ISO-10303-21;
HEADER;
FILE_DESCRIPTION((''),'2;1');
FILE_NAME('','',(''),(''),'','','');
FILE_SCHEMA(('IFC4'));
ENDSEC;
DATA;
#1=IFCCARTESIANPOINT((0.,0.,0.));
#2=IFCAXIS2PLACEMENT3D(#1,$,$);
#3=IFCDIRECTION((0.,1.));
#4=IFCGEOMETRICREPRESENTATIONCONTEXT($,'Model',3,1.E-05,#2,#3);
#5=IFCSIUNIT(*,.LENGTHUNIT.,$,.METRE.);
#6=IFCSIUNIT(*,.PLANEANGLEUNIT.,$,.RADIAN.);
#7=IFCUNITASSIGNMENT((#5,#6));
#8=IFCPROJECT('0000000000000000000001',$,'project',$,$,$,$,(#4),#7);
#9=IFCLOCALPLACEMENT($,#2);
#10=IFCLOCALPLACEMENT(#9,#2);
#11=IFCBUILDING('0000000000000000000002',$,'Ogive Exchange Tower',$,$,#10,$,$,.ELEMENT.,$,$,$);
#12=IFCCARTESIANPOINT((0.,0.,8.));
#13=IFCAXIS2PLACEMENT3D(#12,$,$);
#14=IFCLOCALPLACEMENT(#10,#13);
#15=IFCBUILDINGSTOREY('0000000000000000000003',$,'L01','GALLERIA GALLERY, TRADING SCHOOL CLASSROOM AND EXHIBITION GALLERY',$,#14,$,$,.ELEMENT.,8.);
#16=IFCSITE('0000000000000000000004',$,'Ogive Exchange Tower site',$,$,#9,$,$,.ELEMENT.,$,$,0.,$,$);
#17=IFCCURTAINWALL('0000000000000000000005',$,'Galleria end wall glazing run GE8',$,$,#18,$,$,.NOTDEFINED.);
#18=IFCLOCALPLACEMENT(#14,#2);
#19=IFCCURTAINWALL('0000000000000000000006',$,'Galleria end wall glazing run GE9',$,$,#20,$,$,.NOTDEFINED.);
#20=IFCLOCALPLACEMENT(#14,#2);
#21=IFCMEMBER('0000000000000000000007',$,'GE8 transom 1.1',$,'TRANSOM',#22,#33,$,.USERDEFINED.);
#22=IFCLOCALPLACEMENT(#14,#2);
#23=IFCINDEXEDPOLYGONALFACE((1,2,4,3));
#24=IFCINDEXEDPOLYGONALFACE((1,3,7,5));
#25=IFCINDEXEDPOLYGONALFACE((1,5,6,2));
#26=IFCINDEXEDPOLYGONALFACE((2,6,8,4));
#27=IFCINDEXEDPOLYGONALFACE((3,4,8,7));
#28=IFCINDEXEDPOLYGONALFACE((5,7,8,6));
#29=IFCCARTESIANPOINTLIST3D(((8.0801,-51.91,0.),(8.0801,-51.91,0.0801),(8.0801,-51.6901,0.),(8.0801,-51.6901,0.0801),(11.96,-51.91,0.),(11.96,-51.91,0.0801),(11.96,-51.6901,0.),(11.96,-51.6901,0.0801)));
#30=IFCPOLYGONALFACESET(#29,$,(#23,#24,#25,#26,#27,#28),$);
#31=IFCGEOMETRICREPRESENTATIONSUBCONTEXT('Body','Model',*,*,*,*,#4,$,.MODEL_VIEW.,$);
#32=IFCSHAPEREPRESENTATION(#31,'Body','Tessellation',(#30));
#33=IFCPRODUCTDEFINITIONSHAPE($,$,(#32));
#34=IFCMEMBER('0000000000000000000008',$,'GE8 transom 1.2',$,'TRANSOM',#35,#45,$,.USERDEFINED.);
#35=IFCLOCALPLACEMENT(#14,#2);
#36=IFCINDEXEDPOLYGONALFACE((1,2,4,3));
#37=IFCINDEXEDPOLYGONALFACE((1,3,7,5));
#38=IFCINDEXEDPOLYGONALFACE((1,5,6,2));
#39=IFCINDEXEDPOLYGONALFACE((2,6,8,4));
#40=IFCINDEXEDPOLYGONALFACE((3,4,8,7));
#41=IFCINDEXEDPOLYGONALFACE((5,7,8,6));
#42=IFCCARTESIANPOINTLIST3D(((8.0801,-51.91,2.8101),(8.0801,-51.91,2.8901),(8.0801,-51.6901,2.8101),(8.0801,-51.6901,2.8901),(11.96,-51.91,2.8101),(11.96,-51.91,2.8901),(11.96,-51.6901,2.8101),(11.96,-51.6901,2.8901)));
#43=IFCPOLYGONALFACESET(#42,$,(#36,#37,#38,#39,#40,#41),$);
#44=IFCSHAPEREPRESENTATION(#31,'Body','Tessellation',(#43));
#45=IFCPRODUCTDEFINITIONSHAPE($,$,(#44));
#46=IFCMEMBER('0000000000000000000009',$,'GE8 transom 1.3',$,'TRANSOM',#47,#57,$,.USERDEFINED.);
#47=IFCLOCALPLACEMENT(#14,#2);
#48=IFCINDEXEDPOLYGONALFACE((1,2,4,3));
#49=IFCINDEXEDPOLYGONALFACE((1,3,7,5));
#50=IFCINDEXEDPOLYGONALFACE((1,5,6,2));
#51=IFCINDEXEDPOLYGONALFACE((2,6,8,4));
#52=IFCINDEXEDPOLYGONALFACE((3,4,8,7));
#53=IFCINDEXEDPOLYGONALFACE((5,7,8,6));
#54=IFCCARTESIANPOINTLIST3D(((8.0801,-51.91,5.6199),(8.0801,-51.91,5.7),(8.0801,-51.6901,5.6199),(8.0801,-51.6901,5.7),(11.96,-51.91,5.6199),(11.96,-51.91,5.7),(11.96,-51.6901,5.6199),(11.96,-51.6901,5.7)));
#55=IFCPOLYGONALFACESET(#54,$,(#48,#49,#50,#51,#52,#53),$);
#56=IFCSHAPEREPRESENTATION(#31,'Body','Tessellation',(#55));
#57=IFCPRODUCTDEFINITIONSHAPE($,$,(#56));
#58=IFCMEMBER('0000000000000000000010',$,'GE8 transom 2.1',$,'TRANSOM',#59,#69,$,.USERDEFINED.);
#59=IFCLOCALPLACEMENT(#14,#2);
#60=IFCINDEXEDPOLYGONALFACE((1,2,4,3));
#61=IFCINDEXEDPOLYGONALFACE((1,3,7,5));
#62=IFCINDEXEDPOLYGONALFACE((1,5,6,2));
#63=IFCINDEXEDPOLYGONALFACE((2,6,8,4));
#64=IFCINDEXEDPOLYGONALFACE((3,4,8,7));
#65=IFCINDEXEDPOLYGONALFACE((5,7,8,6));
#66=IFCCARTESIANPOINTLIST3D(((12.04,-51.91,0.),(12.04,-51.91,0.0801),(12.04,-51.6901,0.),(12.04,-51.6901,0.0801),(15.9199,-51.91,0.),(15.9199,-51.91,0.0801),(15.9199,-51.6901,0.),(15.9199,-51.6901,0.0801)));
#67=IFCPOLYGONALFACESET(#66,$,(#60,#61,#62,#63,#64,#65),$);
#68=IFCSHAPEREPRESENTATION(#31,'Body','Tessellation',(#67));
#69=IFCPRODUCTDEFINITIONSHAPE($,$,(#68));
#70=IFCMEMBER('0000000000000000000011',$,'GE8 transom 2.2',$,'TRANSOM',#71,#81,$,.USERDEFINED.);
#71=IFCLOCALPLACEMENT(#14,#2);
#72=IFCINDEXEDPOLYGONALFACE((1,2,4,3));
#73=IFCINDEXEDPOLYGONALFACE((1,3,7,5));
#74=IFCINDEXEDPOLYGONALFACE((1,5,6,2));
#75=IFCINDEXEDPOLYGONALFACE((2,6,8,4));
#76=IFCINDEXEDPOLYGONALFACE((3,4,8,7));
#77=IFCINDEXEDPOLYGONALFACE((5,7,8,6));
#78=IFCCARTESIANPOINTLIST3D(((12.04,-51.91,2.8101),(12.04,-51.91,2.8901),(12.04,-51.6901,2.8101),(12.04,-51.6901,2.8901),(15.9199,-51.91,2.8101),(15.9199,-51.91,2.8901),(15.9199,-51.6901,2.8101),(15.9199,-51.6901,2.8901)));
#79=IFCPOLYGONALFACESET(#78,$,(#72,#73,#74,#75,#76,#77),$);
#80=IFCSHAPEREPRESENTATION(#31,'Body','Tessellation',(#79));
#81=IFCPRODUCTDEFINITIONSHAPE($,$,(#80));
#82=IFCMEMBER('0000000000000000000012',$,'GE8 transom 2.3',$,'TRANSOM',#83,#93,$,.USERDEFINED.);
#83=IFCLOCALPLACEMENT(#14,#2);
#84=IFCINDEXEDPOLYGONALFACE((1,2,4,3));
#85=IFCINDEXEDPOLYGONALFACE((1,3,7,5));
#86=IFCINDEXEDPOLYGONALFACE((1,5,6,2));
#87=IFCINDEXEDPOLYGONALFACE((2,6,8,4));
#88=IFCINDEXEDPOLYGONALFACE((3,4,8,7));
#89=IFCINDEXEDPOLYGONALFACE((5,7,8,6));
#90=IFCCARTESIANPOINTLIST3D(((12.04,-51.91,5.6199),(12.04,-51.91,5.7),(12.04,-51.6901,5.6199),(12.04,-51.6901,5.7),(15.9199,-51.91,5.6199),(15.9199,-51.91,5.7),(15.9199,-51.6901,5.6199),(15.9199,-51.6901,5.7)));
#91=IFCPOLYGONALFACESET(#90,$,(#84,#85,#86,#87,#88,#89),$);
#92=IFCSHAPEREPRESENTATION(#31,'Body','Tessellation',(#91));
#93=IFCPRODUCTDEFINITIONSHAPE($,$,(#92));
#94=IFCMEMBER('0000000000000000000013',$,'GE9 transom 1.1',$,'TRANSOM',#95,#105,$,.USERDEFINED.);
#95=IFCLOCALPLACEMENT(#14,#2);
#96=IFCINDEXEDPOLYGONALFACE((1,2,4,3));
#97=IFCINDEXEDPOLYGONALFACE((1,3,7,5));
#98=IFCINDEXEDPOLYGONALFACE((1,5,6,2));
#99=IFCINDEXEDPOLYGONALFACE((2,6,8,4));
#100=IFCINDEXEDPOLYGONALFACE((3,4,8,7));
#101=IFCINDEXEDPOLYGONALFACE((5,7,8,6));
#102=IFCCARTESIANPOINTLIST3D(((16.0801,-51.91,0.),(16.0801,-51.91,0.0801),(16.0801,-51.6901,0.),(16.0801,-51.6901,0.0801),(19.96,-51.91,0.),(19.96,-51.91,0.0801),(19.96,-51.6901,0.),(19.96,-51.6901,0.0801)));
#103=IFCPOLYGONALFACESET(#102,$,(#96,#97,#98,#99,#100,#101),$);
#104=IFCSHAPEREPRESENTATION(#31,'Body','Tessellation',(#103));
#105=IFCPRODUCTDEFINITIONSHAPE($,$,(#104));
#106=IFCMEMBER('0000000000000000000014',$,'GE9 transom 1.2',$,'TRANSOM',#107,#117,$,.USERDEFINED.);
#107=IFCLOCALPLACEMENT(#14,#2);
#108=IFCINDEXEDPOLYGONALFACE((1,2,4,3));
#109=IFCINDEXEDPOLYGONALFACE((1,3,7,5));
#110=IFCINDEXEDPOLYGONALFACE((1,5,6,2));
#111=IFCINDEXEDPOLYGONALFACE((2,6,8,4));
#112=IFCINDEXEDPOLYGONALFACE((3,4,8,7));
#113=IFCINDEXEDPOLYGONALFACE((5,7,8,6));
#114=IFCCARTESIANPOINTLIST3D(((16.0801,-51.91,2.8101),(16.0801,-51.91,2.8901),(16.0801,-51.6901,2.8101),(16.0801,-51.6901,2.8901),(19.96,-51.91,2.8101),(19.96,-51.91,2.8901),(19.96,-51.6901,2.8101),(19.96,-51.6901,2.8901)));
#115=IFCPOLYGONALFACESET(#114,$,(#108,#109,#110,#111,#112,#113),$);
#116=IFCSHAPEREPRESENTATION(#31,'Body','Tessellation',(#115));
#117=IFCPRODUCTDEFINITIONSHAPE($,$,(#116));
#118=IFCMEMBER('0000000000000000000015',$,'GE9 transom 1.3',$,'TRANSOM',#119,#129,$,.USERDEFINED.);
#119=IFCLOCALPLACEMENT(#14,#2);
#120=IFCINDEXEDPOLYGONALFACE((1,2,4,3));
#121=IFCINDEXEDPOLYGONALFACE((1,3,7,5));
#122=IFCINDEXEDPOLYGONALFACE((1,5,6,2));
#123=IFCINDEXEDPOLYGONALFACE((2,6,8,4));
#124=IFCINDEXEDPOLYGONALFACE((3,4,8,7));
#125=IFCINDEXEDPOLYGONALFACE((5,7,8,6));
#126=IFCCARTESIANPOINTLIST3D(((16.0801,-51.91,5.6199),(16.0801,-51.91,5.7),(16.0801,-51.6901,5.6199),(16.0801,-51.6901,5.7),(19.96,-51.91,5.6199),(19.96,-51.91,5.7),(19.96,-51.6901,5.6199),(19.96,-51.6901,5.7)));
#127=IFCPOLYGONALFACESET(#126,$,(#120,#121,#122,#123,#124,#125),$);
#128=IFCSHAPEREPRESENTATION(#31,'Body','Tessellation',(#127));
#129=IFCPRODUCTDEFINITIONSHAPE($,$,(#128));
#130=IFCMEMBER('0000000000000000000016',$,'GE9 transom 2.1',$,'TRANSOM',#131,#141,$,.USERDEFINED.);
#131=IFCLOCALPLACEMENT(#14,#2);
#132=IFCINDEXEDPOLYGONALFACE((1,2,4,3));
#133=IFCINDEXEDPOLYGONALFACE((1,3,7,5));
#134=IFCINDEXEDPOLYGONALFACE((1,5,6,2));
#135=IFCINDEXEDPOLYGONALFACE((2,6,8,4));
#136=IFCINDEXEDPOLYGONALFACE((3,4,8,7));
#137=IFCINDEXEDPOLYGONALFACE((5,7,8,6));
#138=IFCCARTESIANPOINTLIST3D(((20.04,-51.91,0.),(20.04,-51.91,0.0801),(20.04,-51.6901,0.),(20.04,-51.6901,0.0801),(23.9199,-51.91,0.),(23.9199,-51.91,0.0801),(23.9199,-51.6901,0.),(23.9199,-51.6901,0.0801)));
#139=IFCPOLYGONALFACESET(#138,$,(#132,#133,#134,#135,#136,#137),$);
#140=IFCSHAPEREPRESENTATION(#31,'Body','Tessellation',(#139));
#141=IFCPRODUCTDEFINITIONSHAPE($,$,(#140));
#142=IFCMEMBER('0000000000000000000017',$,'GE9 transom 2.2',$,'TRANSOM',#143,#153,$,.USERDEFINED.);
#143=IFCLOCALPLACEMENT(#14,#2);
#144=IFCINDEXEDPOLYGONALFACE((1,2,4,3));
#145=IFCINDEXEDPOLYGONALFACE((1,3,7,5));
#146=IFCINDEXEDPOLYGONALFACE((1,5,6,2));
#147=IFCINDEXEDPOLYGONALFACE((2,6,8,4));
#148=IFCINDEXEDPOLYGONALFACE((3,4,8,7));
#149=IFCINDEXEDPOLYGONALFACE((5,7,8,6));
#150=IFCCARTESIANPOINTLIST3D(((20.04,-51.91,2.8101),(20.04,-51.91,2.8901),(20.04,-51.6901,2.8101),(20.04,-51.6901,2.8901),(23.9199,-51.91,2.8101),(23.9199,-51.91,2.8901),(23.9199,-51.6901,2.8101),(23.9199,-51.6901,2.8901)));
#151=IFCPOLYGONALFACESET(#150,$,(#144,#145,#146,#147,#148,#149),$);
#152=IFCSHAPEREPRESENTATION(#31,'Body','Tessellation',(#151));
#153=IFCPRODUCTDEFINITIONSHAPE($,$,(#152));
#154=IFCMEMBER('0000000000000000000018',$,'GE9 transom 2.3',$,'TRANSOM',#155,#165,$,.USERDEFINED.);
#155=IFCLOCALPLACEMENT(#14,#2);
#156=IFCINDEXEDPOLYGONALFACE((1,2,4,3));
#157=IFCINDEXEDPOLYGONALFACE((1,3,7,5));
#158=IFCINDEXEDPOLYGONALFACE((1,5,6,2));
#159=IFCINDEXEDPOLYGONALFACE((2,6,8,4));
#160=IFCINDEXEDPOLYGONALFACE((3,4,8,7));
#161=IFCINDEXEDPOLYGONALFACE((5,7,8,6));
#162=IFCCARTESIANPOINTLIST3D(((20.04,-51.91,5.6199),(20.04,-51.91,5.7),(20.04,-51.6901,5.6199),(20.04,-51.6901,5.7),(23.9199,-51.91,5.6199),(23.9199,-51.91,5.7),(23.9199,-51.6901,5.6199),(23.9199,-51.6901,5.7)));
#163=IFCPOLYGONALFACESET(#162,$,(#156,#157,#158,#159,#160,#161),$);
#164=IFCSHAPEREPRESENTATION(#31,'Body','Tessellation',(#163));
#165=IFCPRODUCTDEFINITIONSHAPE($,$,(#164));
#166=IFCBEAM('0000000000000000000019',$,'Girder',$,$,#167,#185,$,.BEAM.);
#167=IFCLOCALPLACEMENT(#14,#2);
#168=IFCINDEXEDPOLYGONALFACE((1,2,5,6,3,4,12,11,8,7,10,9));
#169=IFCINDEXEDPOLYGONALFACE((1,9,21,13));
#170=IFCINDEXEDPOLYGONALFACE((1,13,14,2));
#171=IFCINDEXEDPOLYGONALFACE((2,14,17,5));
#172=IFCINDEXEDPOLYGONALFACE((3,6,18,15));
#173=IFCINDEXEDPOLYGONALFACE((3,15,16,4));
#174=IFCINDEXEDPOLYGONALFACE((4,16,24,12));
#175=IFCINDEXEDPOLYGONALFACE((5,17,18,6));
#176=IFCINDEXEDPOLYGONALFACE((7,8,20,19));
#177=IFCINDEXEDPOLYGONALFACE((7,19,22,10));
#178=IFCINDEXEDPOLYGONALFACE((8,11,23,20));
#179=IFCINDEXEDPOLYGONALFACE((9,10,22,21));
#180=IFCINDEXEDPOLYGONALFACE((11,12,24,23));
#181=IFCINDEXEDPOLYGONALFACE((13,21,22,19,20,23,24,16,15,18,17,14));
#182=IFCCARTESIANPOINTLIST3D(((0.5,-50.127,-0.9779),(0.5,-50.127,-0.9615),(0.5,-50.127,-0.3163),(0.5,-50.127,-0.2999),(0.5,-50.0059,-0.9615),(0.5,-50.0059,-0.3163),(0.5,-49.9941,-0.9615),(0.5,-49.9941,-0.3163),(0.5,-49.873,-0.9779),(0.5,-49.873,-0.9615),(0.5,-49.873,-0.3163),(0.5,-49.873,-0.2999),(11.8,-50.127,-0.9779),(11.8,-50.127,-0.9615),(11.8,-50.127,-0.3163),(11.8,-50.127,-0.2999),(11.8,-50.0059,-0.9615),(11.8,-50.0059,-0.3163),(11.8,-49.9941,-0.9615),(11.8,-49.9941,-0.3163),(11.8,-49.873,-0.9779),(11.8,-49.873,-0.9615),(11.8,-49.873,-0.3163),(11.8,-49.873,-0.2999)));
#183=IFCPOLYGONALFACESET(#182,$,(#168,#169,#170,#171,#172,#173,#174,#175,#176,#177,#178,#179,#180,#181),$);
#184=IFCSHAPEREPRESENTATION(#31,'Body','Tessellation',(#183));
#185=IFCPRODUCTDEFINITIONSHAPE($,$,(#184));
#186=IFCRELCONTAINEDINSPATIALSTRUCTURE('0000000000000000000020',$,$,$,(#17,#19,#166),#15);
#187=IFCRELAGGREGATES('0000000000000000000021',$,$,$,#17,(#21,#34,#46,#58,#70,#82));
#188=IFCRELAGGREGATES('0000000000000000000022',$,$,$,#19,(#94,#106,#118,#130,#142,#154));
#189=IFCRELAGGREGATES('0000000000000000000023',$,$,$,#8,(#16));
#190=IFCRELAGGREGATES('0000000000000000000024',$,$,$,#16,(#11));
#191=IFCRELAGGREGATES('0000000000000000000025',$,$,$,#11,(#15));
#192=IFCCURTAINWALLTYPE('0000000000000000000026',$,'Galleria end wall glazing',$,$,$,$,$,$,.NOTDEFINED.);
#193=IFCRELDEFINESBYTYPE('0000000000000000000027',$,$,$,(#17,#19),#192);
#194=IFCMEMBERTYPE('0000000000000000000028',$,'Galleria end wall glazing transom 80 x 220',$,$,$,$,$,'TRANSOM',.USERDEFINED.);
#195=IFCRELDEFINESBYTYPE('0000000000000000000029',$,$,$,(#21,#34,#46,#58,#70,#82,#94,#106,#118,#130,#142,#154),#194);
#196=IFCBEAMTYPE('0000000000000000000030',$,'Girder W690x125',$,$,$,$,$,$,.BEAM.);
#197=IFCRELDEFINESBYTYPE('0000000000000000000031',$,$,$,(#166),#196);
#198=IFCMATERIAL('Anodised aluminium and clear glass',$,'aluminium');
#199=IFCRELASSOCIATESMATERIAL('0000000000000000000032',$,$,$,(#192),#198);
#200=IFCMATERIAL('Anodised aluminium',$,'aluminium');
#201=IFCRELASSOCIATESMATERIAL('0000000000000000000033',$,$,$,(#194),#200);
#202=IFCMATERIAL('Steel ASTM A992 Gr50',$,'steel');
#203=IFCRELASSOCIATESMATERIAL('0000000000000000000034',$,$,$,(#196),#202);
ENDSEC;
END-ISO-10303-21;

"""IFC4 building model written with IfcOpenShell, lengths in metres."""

from ifc_helpers import new_model, si_unit, direction, frame, origin, origin_2d, place, context, subcontext, project, spatial, rectangle, i_section, extrude, material, material_profile, profile_set, type_object, element, aggregate, save


model = new_model("IFC4")

# Units and contexts
model_context = context("Model", 3, precision=1e-05, world=origin(), true_north=direction((0.0, 1.0)))
body_context = subcontext(model_context, "Body", "Model", "MODEL_VIEW")
ifc_project = project(units=[si_unit("LENGTHUNIT", "METRE"), si_unit("PLANEANGLEUNIT", "RADIAN")], contexts=[model_context])

# Site, building, storey
site_placement = place(None, origin())
site = spatial("IfcSite", under=ifc_project, at=site_placement, Name="Ogive Exchange Tower site", CompositionType="ELEMENT", RefElevation=0.0)
building_placement = place(site_placement, origin())
building = spatial("IfcBuilding", under=site, at=building_placement, Name="Ogive Exchange Tower", CompositionType="ELEMENT")
storey_placement = place(building_placement, frame((0.0, 0.0, 8.0)))
storey = spatial("IfcBuildingStorey", under=building, at=storey_placement, Name="L01", Description="GALLERIA GALLERY, TRADING SCHOOL CLASSROOM AND EXHIBITION GALLERY", CompositionType="ELEMENT", Elevation=8.0)

# Curtain walls
ifc_material_1 = material(Name="Anodised aluminium and clear glass", Category="aluminium")
curtain_wall_type = type_object("IfcCurtainWallType", Name="Galleria end wall glazing", PredefinedType="NOTDEFINED", material=ifc_material_1)
ifc_material_2 = material(Name="Anodised aluminium", Category="aluminium")
curtain_wall_1_placement = place(storey_placement, origin())
curtain_wall_1 = element("IfcCurtainWall", 1, at=curtain_wall_1_placement, inside=storey, type_object=curtain_wall_type, Name="Galleria end wall glazing run GE8", PredefinedType="NOTDEFINED")
curtain_wall_2_placement = place(storey_placement, origin())
curtain_wall_2 = element("IfcCurtainWall", 2, at=curtain_wall_2_placement, inside=storey, type_object=curtain_wall_type, Name="Galleria end wall glazing run GE9", PredefinedType="NOTDEFINED")

# Members
ifc_material_profile_1 = material_profile(ifc_material_2, rectangle(XDim=0.22, YDim=0.0801, at=origin_2d()), Name="AL 80x220")
ifc_profile_set_1 = profile_set([ifc_material_profile_1], Name="Anodised aluminium")
member_type_1 = type_object("IfcMemberType", Name="Galleria end wall glazing transom 80 x 220", ElementType="TRANSOM", PredefinedType="USERDEFINED", material=ifc_profile_set_1)
member_1_placement = place(storey_placement, frame((8.0801, -51.8, 0.04), z_axis=(1.0, 0.0, 0.0), x_axis=(0.0, 1.0, 0.0)))
member_1 = element("IfcMember", 3, at=member_1_placement, type_object=member_type_1, Name="GE8 transom 1.1", ObjectType="TRANSOM", PredefinedType="USERDEFINED", context=body_context, shape_type="SweptSolid", body=[
    extrude(rectangle(XDim=0.22, YDim=0.0801, at=origin_2d()), origin(), (0.0, 0.0, 1.0), 3.8799),
])
member_2_placement = place(storey_placement, frame((8.0801, -51.8, 2.8501), z_axis=(1.0, 0.0, 0.0), x_axis=(0.0, 1.0, 0.0)))
member_2 = element("IfcMember", 4, at=member_2_placement, type_object=member_type_1, Name="GE8 transom 1.2", ObjectType="TRANSOM", PredefinedType="USERDEFINED", context=body_context, shape_type="SweptSolid", body=[
    extrude(rectangle(XDim=0.22, YDim=0.0801, at=origin_2d()), origin(), (0.0, 0.0, 1.0), 3.8799),
])
member_3_placement = place(storey_placement, frame((8.0801, -51.8, 5.6599), z_axis=(1.0, 0.0, 0.0), x_axis=(0.0, 1.0, 0.0)))
member_3 = element("IfcMember", 5, at=member_3_placement, type_object=member_type_1, Name="GE8 transom 1.3", ObjectType="TRANSOM", PredefinedType="USERDEFINED", context=body_context, shape_type="SweptSolid", body=[
    extrude(rectangle(XDim=0.22, YDim=0.0801, at=origin_2d()), origin(), (0.0, 0.0, 1.0), 3.8799),
])
member_4_placement = place(storey_placement, frame((12.04, -51.8, 0.04), z_axis=(1.0, 0.0, 0.0), x_axis=(0.0, 1.0, 0.0)))
member_4 = element("IfcMember", 6, at=member_4_placement, type_object=member_type_1, Name="GE8 transom 2.1", ObjectType="TRANSOM", PredefinedType="USERDEFINED", context=body_context, shape_type="SweptSolid", body=[
    extrude(rectangle(XDim=0.22, YDim=0.0801, at=origin_2d()), origin(), (0.0, 0.0, 1.0), 3.8799),
])
member_5_placement = place(storey_placement, frame((12.04, -51.8, 2.8501), z_axis=(1.0, 0.0, 0.0), x_axis=(0.0, 1.0, 0.0)))
member_5 = element("IfcMember", 7, at=member_5_placement, type_object=member_type_1, Name="GE8 transom 2.2", ObjectType="TRANSOM", PredefinedType="USERDEFINED", context=body_context, shape_type="SweptSolid", body=[
    extrude(rectangle(XDim=0.22, YDim=0.0801, at=origin_2d()), origin(), (0.0, 0.0, 1.0), 3.8799),
])
member_6_placement = place(storey_placement, frame((12.04, -51.8, 5.6599), z_axis=(1.0, 0.0, 0.0), x_axis=(0.0, 1.0, 0.0)))
member_6 = element("IfcMember", 8, at=member_6_placement, type_object=member_type_1, Name="GE8 transom 2.3", ObjectType="TRANSOM", PredefinedType="USERDEFINED", context=body_context, shape_type="SweptSolid", body=[
    extrude(rectangle(XDim=0.22, YDim=0.0801, at=origin_2d()), origin(), (0.0, 0.0, 1.0), 3.8799),
])
member_7_placement = place(storey_placement, frame((16.0801, -51.8, 0.04), z_axis=(1.0, 0.0, 0.0), x_axis=(0.0, 1.0, 0.0)))
member_7 = element("IfcMember", 9, at=member_7_placement, type_object=member_type_1, Name="GE9 transom 1.1", ObjectType="TRANSOM", PredefinedType="USERDEFINED", context=body_context, shape_type="SweptSolid", body=[
    extrude(rectangle(XDim=0.22, YDim=0.0801, at=origin_2d()), origin(), (0.0, 0.0, 1.0), 3.8799),
])
member_8_placement = place(storey_placement, frame((16.0801, -51.8, 2.8501), z_axis=(1.0, 0.0, 0.0), x_axis=(0.0, 1.0, 0.0)))
member_8 = element("IfcMember", 10, at=member_8_placement, type_object=member_type_1, Name="GE9 transom 1.2", ObjectType="TRANSOM", PredefinedType="USERDEFINED", context=body_context, shape_type="SweptSolid", body=[
    extrude(rectangle(XDim=0.22, YDim=0.0801, at=origin_2d()), origin(), (0.0, 0.0, 1.0), 3.8799),
])
member_9_placement = place(storey_placement, frame((16.0801, -51.8, 5.6599), z_axis=(1.0, 0.0, 0.0), x_axis=(0.0, 1.0, 0.0)))
member_9 = element("IfcMember", 11, at=member_9_placement, type_object=member_type_1, Name="GE9 transom 1.3", ObjectType="TRANSOM", PredefinedType="USERDEFINED", context=body_context, shape_type="SweptSolid", body=[
    extrude(rectangle(XDim=0.22, YDim=0.0801, at=origin_2d()), origin(), (0.0, 0.0, 1.0), 3.8799),
])
member_10_placement = place(storey_placement, frame((20.04, -51.8, 0.04), z_axis=(1.0, 0.0, 0.0), x_axis=(0.0, 1.0, 0.0)))
member_10 = element("IfcMember", 12, at=member_10_placement, type_object=member_type_1, Name="GE9 transom 2.1", ObjectType="TRANSOM", PredefinedType="USERDEFINED", context=body_context, shape_type="SweptSolid", body=[
    extrude(rectangle(XDim=0.22, YDim=0.0801, at=origin_2d()), origin(), (0.0, 0.0, 1.0), 3.8799),
])
member_11_placement = place(storey_placement, frame((20.04, -51.8, 2.8501), z_axis=(1.0, 0.0, 0.0), x_axis=(0.0, 1.0, 0.0)))
member_11 = element("IfcMember", 13, at=member_11_placement, type_object=member_type_1, Name="GE9 transom 2.2", ObjectType="TRANSOM", PredefinedType="USERDEFINED", context=body_context, shape_type="SweptSolid", body=[
    extrude(rectangle(XDim=0.22, YDim=0.0801, at=origin_2d()), origin(), (0.0, 0.0, 1.0), 3.8799),
])
member_12_placement = place(storey_placement, frame((20.04, -51.8, 5.6599), z_axis=(1.0, 0.0, 0.0), x_axis=(0.0, 1.0, 0.0)))
member_12 = element("IfcMember", 14, at=member_12_placement, type_object=member_type_1, Name="GE9 transom 2.3", ObjectType="TRANSOM", PredefinedType="USERDEFINED", context=body_context, shape_type="SweptSolid", body=[
    extrude(rectangle(XDim=0.22, YDim=0.0801, at=origin_2d()), origin(), (0.0, 0.0, 1.0), 3.8799),
])

# Beam
ifc_material_3 = material(Name="Steel ASTM A992 Gr50", Category="steel")
ifc_material_profile_2 = material_profile(ifc_material_3, i_section(OverallWidth=0.2539, OverallDepth=0.678, WebThickness=0.0117, FlangeThickness=0.0164, at=origin_2d()), Name="W690x125")
ifc_profile_set_2 = profile_set([ifc_material_profile_2], Name="Steel ASTM A992 Gr50")
beam_type = type_object("IfcBeamType", Name="Girder W690x125", PredefinedType="BEAM", material=ifc_profile_set_2)
for number, where, z_axis, x_axis, name in (
    (15, (0.5, -50.0, -0.6389), (1.0, 0.0, 0.0), (0.0, 1.0, 0.0), "Girder"),
):
    element("IfcBeam", number, at=place(storey_placement, frame(where, z_axis=z_axis, x_axis=x_axis)), inside=storey, type_object=beam_type, Name=name, PredefinedType="BEAM", context=body_context, shape_type="SweptSolid", body=[
        extrude(i_section(OverallWidth=0.2539, OverallDepth=0.678, WebThickness=0.0117, FlangeThickness=0.0164, at=origin_2d()), origin(), (0.0, 0.0, 1.0), 11.3),
    ])

aggregate(curtain_wall_1, [member_1, member_2, member_3, member_4, member_5, member_6])
aggregate(curtain_wall_2, [member_7, member_8, member_9, member_10, member_11, member_12])

save(model, "model.ifc")
